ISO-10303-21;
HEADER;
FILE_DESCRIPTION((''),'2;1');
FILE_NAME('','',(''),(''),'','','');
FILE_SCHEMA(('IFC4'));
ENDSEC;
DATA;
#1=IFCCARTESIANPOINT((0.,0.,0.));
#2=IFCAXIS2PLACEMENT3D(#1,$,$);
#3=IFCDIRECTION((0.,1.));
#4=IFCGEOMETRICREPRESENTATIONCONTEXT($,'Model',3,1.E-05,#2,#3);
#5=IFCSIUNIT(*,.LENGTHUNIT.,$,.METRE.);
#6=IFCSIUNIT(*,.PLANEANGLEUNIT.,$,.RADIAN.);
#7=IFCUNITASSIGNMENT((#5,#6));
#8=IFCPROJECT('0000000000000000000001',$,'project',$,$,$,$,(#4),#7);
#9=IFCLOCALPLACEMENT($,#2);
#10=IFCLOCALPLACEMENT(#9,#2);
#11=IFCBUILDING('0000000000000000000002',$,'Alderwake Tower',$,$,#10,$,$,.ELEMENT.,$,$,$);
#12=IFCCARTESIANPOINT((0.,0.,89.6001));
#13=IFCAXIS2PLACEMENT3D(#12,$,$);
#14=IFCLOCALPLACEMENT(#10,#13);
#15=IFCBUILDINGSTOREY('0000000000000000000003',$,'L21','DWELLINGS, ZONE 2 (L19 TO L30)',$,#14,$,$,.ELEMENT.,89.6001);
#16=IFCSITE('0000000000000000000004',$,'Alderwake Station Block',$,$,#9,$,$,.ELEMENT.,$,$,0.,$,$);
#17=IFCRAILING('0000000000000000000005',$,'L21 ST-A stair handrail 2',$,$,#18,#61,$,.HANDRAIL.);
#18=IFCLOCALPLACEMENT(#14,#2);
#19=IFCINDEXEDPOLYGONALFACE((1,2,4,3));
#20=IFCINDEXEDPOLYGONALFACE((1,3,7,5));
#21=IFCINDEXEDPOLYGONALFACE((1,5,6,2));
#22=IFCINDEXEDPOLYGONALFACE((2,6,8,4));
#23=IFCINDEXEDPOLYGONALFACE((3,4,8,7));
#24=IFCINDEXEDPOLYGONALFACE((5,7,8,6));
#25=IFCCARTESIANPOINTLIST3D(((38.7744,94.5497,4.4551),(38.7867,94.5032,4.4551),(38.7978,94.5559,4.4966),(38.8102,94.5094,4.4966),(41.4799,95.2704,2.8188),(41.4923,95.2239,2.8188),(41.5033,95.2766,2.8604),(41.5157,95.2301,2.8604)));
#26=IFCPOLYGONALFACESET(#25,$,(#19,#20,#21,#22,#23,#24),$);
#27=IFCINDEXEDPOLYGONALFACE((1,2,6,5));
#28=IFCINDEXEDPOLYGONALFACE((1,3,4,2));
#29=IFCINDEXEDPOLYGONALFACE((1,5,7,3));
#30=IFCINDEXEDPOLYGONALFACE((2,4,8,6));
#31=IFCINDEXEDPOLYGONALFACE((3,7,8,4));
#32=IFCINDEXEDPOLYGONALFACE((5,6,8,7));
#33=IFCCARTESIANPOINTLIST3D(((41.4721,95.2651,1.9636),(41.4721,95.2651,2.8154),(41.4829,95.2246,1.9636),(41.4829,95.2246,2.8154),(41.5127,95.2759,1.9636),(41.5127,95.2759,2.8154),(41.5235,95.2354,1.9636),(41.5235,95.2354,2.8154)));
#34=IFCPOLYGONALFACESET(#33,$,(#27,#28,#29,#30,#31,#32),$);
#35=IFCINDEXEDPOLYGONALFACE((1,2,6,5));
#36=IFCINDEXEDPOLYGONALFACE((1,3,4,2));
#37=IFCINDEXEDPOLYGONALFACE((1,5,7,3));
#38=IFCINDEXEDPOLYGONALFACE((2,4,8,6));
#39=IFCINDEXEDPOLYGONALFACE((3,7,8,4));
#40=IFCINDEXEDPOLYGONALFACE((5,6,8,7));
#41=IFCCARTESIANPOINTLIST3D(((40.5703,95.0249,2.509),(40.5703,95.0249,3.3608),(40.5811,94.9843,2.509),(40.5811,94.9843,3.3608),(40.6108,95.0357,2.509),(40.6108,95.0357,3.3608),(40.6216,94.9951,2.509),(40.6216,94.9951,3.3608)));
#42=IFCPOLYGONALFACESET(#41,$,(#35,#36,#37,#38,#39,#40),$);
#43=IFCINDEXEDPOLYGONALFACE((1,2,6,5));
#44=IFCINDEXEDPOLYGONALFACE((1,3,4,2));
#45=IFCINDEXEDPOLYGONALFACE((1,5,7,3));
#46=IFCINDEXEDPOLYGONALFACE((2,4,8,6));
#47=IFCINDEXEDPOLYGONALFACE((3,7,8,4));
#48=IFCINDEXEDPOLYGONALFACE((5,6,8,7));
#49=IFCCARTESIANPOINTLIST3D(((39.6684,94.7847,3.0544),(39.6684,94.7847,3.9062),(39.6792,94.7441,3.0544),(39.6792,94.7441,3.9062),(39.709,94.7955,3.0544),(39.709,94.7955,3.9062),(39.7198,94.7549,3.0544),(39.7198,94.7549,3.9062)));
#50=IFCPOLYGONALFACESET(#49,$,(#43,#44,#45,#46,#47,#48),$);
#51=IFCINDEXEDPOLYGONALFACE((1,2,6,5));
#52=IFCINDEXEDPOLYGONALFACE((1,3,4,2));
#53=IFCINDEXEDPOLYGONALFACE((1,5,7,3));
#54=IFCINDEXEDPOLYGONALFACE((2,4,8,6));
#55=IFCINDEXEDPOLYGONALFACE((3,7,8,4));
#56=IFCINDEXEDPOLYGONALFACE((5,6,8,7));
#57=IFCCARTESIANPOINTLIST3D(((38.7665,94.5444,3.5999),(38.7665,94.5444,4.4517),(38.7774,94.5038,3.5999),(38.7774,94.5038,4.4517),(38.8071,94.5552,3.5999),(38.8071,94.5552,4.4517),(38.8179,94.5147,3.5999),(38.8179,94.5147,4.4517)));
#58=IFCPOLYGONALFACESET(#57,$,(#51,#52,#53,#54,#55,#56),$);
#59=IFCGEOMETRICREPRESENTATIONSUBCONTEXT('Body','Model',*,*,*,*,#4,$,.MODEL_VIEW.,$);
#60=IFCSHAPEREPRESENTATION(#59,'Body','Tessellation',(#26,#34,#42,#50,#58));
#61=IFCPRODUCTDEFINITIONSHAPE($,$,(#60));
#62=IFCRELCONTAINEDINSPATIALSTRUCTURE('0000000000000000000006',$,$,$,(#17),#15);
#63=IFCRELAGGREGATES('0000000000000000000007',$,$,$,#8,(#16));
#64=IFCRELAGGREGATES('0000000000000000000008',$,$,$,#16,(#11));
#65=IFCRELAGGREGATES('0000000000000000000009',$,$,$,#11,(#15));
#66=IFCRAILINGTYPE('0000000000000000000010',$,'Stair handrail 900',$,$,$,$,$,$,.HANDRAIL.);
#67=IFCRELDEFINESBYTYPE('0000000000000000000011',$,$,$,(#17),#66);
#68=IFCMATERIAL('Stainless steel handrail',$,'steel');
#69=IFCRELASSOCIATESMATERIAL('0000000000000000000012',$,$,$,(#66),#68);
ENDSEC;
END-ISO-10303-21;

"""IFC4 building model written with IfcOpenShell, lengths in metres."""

from ifc_helpers import new_model, si_unit, direction, frame, origin, origin_2d, place, context, subcontext, project, spatial, rectangle, extrude, material, type_object, element, save


model = new_model("IFC4")

# Units and contexts
model_context = context("Model", 3, precision=1e-05, world=origin(), true_north=direction((0.0, 1.0)))
body_context = subcontext(model_context, "Body", "Model", "MODEL_VIEW")
ifc_project = project(units=[si_unit("LENGTHUNIT", "METRE"), si_unit("PLANEANGLEUNIT", "RADIAN")], contexts=[model_context])

# Site, building, storey
site_placement = place(None, origin())
site = spatial("IfcSite", under=ifc_project, at=site_placement, Name="Alderwake Station Block", CompositionType="ELEMENT", RefElevation=0.0)
building_placement = place(site_placement, origin())
building = spatial("IfcBuilding", under=site, at=building_placement, Name="Alderwake Tower", CompositionType="ELEMENT")
storey_placement = place(building_placement, frame((0.0, 0.0, 89.6001)))
storey = spatial("IfcBuildingStorey", under=building, at=storey_placement, Name="L21", Description="DWELLINGS, ZONE 2 (L19 TO L30)", CompositionType="ELEMENT", Elevation=89.6001)

# Railing
ifc_material_1 = material(Name="Stainless steel handrail", Category="steel")
railing_type_1 = type_object("IfcRailingType", Name="Stair handrail 900", PredefinedType="HANDRAIL", material=ifc_material_1)
railing_1_placement = place(storey_placement, frame((41.4978, 95.2502, 1.9636)))
element("IfcRailing", 1, at=railing_1_placement, inside=storey, type_object=railing_type_1, Name="L21 ST-A stair handrail 2", PredefinedType="HANDRAIL", context=body_context, shape_type="SweptSolid", body=[
    extrude(rectangle(XDim=0.0481, YDim=0.0481, at=origin_2d()), frame((0.0, 0.0, 0.876), z_axis=(-0.834291, -0.222237, 0.504549), x_axis=(0.257402, -0.966304, 0.0)), (0.0, 0.0, 1.0), 3.2429),
    extrude(rectangle(XDim=0.042, YDim=0.042, at=origin_2d()), frame((0.0, 0.0, 0.0), z_axis=(0.0, 0.0, 1.0), x_axis=(-0.966304, -0.257402, 0.0)), (0.0, 0.0, 1.0), 0.8518),
    extrude(rectangle(XDim=0.042, YDim=0.042, at=origin_2d()), frame((-0.9019, -0.2402, 0.5454), z_axis=(0.0, 0.0, 1.0), x_axis=(-0.966304, -0.257402, 0.0)), (0.0, 0.0, 1.0), 0.8518),
    extrude(rectangle(XDim=0.042, YDim=0.042, at=origin_2d()), frame((-1.8037, -0.4805, 1.0908), z_axis=(0.0, 0.0, 1.0), x_axis=(-0.966304, -0.257402, 0.0)), (0.0, 0.0, 1.0), 0.8518),
    extrude(rectangle(XDim=0.042, YDim=0.042, at=origin_2d()), frame((-2.7056, -0.7207, 1.6362), z_axis=(0.0, 0.0, 1.0), x_axis=(-0.966304, -0.257402, 0.0)), (0.0, 0.0, 1.0), 0.8518),
])

save(model, "model.ifc")
